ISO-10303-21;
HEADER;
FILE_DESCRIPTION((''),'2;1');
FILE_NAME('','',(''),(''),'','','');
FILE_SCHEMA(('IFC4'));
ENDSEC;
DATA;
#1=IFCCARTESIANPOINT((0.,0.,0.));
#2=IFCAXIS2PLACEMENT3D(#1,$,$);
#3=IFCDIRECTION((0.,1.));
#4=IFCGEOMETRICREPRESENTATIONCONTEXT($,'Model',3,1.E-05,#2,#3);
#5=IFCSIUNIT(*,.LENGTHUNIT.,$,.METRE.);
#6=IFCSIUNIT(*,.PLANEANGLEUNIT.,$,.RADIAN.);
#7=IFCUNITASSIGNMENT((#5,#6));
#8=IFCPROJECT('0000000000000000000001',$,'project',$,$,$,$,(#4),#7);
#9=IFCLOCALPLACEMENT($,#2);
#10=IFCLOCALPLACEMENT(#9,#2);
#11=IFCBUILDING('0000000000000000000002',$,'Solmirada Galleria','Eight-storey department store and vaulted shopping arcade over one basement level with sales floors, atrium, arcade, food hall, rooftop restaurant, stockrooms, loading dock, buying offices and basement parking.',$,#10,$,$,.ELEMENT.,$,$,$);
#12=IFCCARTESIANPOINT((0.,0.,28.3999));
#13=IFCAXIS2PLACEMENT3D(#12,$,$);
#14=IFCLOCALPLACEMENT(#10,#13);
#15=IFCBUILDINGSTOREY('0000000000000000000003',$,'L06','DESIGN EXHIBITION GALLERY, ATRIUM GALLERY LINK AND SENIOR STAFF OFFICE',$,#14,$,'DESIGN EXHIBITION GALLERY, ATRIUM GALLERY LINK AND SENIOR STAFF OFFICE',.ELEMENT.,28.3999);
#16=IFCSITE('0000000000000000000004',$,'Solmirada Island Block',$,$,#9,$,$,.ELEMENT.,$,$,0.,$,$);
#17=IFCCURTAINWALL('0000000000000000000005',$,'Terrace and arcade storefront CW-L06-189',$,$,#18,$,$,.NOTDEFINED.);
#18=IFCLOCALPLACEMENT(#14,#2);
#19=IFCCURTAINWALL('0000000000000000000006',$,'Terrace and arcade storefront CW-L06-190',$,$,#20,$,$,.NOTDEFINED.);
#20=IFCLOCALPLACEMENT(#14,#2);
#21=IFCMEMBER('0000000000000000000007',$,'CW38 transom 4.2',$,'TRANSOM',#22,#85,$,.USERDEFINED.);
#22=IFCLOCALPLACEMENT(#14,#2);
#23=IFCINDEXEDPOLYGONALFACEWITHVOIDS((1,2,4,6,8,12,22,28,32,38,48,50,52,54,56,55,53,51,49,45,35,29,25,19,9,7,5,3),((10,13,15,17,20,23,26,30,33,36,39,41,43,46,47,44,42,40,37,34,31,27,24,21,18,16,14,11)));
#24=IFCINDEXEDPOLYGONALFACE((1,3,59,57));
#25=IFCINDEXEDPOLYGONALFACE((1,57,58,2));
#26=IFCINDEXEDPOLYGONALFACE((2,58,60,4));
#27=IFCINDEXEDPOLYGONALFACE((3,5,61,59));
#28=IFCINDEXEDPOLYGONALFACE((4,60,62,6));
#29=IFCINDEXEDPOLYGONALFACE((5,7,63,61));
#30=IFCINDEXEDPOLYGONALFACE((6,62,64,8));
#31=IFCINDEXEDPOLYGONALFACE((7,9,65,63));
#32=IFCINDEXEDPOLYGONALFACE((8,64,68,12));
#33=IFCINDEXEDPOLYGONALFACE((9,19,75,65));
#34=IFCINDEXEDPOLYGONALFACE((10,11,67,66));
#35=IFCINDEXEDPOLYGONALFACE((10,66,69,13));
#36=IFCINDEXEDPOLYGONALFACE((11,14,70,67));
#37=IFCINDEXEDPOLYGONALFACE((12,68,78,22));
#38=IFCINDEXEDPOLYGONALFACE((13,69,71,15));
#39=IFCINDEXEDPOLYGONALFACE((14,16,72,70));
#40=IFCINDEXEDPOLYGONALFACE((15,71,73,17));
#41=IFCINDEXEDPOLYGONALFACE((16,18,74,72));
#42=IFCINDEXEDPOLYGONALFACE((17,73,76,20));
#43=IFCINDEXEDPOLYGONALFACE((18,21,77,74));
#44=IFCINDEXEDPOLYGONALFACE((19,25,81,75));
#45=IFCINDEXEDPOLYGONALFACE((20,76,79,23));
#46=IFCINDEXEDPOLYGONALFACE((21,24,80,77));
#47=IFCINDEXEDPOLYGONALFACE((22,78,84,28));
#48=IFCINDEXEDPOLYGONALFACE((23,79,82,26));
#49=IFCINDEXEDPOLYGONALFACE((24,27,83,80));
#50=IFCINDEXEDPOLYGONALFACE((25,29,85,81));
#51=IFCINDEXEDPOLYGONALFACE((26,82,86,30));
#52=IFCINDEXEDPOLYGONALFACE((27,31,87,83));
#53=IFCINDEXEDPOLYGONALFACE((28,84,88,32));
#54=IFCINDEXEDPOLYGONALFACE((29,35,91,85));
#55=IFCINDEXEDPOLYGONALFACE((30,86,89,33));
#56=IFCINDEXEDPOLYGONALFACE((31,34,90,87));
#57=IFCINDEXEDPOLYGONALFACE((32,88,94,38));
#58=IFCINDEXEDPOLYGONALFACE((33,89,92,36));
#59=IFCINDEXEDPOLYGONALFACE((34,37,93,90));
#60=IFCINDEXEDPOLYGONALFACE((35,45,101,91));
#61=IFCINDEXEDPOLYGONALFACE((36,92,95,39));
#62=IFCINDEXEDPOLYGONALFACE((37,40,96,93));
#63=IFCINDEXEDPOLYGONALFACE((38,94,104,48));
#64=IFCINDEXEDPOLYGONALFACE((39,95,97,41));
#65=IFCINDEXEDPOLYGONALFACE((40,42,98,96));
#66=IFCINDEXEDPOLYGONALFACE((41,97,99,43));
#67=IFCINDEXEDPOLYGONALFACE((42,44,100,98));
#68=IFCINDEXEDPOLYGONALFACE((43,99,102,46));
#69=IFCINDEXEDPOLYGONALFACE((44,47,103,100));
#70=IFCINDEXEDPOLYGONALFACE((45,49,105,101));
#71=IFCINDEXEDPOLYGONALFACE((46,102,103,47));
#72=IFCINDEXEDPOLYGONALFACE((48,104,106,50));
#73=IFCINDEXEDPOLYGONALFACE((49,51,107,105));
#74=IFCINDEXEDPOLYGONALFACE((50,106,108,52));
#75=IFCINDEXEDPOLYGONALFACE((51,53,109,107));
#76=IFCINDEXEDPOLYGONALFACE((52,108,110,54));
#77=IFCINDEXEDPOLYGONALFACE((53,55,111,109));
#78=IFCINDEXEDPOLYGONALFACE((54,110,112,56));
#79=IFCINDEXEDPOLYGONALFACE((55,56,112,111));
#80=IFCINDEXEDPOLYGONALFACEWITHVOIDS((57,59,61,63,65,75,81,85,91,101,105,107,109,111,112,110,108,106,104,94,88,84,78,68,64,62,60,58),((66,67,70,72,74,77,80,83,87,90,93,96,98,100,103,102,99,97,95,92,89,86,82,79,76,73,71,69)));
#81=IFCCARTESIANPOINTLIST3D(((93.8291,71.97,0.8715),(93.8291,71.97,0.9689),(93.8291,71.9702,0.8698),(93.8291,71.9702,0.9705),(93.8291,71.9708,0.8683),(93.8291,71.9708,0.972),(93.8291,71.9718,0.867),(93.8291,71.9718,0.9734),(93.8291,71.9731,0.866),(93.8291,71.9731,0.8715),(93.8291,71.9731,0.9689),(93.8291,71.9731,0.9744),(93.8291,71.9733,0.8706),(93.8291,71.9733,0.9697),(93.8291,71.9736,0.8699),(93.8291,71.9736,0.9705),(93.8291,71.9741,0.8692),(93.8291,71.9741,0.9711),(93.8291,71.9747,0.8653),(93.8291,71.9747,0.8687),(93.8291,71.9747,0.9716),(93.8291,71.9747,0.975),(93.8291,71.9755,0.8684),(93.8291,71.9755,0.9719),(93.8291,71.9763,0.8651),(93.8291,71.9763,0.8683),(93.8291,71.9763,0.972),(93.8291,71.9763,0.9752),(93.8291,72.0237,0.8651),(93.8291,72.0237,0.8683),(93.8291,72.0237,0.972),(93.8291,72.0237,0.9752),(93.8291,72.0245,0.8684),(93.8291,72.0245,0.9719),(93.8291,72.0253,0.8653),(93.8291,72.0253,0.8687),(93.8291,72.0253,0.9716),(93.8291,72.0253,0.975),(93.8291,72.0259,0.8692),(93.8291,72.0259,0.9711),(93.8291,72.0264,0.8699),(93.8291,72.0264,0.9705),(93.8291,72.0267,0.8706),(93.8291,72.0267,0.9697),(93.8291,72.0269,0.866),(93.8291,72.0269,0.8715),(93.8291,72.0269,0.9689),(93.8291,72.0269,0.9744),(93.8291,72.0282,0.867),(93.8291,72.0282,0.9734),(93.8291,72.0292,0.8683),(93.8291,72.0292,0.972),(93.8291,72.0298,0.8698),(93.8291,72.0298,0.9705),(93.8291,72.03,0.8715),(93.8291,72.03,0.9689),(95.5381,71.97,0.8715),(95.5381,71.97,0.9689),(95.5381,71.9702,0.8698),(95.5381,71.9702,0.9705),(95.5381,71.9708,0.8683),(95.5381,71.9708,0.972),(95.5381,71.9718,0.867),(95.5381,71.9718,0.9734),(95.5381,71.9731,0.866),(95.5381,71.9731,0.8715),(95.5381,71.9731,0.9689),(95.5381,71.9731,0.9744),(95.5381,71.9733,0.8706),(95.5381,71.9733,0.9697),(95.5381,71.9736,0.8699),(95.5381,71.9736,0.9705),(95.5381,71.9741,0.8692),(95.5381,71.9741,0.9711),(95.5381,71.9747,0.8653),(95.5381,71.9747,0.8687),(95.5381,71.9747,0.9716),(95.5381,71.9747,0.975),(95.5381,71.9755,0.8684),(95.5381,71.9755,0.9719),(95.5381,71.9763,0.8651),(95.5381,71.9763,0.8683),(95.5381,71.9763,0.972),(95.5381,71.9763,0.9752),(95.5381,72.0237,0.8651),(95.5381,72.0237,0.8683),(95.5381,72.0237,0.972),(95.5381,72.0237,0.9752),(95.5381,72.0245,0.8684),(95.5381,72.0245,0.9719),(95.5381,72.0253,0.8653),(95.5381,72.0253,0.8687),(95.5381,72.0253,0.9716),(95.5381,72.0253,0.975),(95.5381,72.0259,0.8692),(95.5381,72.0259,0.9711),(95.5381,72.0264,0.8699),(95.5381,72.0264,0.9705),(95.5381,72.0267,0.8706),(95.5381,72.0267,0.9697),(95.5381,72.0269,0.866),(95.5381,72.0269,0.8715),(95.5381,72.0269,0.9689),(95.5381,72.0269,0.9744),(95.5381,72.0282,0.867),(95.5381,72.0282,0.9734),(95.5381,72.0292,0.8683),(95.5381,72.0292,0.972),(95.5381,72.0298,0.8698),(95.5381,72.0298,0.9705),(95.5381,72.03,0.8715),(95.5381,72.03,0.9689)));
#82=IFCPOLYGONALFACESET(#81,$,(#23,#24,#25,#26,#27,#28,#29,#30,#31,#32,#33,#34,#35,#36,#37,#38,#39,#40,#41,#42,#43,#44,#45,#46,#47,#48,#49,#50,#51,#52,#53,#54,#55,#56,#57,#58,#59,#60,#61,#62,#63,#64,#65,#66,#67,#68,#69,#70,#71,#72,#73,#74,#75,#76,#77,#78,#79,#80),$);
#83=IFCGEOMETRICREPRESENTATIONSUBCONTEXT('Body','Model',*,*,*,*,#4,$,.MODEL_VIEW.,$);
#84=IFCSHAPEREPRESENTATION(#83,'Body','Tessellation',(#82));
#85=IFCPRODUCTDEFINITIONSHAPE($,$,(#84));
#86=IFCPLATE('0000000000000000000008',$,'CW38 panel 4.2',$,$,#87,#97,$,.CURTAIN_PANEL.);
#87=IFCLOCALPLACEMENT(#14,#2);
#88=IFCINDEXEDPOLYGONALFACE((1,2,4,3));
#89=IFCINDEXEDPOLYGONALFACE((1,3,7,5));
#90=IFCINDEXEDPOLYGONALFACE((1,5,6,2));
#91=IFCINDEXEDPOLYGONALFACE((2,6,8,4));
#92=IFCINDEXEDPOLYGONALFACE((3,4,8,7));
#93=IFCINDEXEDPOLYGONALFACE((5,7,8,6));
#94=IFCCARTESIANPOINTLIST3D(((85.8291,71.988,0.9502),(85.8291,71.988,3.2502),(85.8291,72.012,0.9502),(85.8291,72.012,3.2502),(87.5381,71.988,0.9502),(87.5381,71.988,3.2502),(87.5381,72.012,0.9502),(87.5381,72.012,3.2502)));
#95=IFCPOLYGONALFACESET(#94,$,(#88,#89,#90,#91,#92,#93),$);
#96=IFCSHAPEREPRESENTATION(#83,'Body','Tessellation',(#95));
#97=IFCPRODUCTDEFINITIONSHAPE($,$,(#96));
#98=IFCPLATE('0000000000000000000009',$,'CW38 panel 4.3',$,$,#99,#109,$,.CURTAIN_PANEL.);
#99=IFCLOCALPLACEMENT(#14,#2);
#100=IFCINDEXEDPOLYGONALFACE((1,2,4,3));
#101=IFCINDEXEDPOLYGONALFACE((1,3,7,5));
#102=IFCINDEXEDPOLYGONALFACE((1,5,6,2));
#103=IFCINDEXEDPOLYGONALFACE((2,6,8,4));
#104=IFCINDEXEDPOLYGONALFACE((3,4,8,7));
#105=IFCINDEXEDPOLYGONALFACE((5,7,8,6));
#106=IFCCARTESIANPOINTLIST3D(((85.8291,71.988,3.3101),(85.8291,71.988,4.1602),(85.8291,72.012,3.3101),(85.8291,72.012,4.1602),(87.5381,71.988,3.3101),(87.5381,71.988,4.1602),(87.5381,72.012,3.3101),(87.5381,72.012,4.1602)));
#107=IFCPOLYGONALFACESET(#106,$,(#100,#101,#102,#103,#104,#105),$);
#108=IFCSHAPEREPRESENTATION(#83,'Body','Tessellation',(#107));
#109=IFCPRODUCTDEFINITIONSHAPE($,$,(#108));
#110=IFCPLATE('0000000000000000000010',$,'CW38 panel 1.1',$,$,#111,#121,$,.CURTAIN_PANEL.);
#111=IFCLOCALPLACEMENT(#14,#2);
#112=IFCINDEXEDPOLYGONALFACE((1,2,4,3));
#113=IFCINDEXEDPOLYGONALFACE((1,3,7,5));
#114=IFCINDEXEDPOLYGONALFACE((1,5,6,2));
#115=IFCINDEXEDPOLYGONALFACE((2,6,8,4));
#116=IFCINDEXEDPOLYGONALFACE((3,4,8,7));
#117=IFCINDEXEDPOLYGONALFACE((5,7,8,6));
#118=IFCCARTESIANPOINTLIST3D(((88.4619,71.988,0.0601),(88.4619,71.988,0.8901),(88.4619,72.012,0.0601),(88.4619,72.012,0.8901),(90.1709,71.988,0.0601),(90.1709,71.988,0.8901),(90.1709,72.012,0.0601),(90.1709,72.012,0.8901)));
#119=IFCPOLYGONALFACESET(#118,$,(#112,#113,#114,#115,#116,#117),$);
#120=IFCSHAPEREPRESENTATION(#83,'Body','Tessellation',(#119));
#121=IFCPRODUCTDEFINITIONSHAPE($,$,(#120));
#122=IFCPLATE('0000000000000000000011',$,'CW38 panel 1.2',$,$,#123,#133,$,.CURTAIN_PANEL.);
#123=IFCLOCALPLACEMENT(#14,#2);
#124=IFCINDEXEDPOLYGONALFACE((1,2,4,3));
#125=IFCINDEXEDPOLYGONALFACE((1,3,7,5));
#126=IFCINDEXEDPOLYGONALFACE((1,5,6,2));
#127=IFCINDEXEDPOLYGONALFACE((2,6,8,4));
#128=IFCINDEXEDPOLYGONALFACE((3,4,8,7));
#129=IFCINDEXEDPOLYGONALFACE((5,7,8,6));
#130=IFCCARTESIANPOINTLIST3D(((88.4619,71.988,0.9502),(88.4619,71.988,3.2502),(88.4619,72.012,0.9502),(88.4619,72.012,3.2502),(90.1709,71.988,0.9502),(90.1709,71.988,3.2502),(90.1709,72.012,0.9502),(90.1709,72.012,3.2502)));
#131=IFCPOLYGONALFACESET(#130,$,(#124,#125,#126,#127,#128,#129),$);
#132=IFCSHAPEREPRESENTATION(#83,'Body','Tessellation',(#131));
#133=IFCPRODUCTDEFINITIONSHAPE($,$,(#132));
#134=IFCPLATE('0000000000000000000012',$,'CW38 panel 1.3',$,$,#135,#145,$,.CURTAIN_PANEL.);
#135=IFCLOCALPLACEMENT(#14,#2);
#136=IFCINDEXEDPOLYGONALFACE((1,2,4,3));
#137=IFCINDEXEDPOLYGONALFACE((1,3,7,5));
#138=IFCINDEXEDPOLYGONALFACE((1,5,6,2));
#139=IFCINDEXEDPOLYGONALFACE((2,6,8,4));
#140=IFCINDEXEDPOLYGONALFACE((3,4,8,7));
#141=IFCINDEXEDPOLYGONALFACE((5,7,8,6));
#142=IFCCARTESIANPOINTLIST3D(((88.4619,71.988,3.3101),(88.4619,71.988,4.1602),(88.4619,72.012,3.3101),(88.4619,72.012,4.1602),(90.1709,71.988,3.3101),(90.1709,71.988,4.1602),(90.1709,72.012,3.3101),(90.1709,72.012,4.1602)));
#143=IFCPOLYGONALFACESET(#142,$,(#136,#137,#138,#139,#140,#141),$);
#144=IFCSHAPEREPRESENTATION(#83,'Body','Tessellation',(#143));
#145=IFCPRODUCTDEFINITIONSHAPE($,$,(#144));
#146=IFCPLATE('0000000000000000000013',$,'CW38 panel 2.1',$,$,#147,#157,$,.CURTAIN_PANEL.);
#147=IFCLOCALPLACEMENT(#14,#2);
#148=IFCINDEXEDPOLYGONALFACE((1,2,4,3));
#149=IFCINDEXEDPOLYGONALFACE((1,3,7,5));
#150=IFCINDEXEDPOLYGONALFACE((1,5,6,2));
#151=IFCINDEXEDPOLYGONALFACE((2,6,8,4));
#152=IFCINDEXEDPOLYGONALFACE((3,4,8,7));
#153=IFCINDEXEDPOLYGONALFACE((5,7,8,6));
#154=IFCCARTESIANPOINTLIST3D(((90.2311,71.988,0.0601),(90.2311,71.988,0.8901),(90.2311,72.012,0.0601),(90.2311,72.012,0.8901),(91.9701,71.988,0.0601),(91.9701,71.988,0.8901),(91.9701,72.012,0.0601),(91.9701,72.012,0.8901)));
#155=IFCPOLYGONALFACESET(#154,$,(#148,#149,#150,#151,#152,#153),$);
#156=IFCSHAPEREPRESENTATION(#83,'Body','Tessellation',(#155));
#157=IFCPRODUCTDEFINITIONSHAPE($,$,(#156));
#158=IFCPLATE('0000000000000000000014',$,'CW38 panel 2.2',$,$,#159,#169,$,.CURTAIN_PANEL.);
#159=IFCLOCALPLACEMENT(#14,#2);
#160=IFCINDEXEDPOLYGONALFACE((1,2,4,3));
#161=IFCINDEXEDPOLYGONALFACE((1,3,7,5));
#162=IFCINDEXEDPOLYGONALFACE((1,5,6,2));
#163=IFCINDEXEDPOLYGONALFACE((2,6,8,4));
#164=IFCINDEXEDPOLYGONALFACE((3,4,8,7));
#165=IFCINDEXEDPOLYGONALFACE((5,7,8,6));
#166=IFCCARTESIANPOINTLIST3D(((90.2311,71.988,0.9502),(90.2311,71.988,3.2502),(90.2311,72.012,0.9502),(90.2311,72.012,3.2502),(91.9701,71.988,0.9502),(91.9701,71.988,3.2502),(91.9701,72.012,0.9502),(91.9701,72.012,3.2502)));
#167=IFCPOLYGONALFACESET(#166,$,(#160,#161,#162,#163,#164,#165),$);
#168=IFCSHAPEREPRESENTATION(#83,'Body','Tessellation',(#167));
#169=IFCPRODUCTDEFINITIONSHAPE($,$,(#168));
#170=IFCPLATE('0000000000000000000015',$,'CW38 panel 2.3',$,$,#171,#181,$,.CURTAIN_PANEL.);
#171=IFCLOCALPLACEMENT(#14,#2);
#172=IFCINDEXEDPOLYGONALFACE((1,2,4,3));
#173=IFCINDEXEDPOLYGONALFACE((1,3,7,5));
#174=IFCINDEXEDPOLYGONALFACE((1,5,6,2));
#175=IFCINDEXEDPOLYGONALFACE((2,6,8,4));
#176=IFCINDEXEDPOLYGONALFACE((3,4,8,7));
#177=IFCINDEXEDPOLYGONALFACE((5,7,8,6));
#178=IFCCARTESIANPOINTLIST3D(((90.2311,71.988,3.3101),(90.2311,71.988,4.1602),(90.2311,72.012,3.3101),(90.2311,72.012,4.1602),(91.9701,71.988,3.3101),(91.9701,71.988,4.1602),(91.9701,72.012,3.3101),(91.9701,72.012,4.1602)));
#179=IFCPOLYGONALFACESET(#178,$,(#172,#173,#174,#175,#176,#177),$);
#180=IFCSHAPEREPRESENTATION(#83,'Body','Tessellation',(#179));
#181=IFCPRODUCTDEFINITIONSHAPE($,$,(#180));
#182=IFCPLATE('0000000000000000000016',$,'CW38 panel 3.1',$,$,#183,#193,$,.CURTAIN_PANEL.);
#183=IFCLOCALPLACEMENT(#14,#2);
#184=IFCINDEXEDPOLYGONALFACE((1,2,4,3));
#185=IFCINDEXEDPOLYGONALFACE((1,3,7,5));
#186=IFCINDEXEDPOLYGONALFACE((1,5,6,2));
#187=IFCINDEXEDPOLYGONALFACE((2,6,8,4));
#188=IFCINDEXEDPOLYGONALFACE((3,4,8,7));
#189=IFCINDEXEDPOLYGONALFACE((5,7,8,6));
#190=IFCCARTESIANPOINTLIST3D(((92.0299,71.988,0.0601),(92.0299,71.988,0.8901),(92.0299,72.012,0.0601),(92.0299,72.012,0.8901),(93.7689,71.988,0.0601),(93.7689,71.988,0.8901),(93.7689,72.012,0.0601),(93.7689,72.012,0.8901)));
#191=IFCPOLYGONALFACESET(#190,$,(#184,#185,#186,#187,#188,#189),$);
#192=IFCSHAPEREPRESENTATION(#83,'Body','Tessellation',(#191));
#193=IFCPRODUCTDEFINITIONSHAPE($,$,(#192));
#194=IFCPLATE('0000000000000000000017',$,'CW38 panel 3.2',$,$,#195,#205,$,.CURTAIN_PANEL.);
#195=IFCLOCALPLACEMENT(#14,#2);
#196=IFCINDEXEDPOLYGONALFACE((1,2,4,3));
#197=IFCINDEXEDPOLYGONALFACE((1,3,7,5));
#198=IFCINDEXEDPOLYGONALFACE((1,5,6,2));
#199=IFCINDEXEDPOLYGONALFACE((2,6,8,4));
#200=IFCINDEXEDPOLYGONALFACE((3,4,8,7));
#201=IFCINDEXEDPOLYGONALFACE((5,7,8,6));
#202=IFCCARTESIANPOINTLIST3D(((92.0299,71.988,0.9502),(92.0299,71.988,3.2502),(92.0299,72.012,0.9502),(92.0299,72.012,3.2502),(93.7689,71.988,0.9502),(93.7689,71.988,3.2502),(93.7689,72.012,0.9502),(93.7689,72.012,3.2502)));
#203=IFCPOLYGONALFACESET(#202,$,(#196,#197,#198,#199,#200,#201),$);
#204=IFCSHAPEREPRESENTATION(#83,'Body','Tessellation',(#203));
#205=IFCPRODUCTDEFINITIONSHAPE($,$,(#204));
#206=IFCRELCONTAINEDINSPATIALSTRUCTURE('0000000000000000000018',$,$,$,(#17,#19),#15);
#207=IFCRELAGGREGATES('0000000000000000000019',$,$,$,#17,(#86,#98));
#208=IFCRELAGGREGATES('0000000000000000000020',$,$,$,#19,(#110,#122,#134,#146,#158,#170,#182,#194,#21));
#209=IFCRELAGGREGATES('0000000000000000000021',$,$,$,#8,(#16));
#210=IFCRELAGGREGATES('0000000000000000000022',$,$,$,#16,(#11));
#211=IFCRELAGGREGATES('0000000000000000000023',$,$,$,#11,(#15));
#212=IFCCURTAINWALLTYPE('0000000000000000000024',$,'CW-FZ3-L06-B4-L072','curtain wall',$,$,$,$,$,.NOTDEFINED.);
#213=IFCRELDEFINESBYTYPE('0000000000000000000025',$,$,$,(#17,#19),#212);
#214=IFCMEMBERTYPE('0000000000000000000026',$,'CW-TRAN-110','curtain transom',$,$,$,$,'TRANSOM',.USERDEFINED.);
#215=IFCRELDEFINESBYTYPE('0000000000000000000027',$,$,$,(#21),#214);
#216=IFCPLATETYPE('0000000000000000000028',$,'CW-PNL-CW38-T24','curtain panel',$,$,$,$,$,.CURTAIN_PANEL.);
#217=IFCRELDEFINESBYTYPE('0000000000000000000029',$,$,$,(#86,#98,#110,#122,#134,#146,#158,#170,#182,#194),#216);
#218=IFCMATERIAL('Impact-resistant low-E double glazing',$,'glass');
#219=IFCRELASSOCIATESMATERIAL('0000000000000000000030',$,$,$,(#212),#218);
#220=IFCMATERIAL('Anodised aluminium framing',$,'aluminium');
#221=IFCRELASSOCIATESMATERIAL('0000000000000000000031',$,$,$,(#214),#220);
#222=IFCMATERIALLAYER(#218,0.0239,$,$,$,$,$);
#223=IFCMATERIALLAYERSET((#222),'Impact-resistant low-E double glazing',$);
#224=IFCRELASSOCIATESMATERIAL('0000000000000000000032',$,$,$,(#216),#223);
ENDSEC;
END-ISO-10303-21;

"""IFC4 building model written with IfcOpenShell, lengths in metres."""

from ifc_helpers import new_model, si_unit, direction, frame, origin, origin_2d, place, context, subcontext, project, spatial, rectangle, hollow_rectangle, extrude, material, layer, layer_set, material_profile, profile_set, type_object, element, aggregate, save


model = new_model("IFC4")

# Units and contexts
model_context = context("Model", 3, precision=1e-05, world=origin(), true_north=direction((0.0, 1.0)))
body_context = subcontext(model_context, "Body", "Model", "MODEL_VIEW")
ifc_project = project(units=[si_unit("LENGTHUNIT", "METRE"), si_unit("PLANEANGLEUNIT", "RADIAN")], contexts=[model_context])

# Site, building, storey
site_placement = place(None, origin())
site = spatial("IfcSite", under=ifc_project, at=site_placement, Name="Solmirada Island Block", CompositionType="ELEMENT", RefElevation=0.0)
building_placement = place(site_placement, origin())
building = spatial("IfcBuilding", under=site, at=building_placement, Name="Solmirada Galleria", Description="Eight-storey department store and vaulted shopping arcade over one basement level with sales floors, atrium, arcade, food hall, rooftop restaurant, stockrooms, loading dock, buying offices and basement parking.", CompositionType="ELEMENT")
storey_placement = place(building_placement, frame((0.0, 0.0, 28.3999)))
storey = spatial("IfcBuildingStorey", under=building, at=storey_placement, Name="L06", Description="DESIGN EXHIBITION GALLERY, ATRIUM GALLERY LINK AND SENIOR STAFF OFFICE", LongName="DESIGN EXHIBITION GALLERY, ATRIUM GALLERY LINK AND SENIOR STAFF OFFICE", CompositionType="ELEMENT", Elevation=28.3999)

# Curtain wall
ifc_material_1 = material(Name="Impact-resistant low-E double glazing", Category="glass")
curtain_wall_type = type_object("IfcCurtainWallType", Name="CW-FZ3-L06-B4-L072", Description="curtain wall", PredefinedType="NOTDEFINED", material=ifc_material_1)
curtain_wall_1_placement = place(storey_placement, origin())
curtain_wall_1 = element("IfcCurtainWall", 1, at=curtain_wall_1_placement, inside=storey, type_object=curtain_wall_type, Name="Terrace and arcade storefront CW-L06-189", PredefinedType="NOTDEFINED")
ifc_material_2 = material(Name="Anodised aluminium framing", Category="aluminium")

# Curtain wall, member
curtain_wall_2_placement = place(storey_placement, origin())
curtain_wall_2 = element("IfcCurtainWall", 2, at=curtain_wall_2_placement, inside=storey, type_object=curtain_wall_type, Name="Terrace and arcade storefront CW-L06-190", PredefinedType="NOTDEFINED")
ifc_material_profile_1 = material_profile(ifc_material_2, hollow_rectangle(XDim=0.0601, YDim=0.1101, WallThickness=0.0032, InnerFilletRadius=0.0032, OuterFilletRadius=0.0063, at=origin_2d()), Name="ALU-TRAN-110X60")
ifc_profile_set_1 = profile_set([ifc_material_profile_1], Name="Anodised aluminium framing")
member_type_1 = type_object("IfcMemberType", Name="CW-TRAN-110", Description="curtain transom", ElementType="TRANSOM", PredefinedType="USERDEFINED", material=ifc_profile_set_1)
member_1_placement = place(storey_placement, frame((93.8291, 72.0, 0.9202), z_axis=(1.0, 0.0, 0.0), x_axis=(0.0, 1.0, 0.0)))
member_1 = element("IfcMember", 3, at=member_1_placement, type_object=member_type_1, Name="CW38 transom 4.2", ObjectType="TRANSOM", PredefinedType="USERDEFINED", context=body_context, shape_type="SweptSolid", body=[
    extrude(hollow_rectangle(XDim=0.0601, YDim=0.1101, WallThickness=0.0032, InnerFilletRadius=0.0032, OuterFilletRadius=0.0063, at=origin_2d()), origin(), (0.0, 0.0, 1.0), 1.709),
])

# Plates
ifc_layer = layer(ifc_material_1, 0.0239)
ifc_layer_set = layer_set([ifc_layer], Name="Impact-resistant low-E double glazing")
plate_type = type_object("IfcPlateType", Name="CW-PNL-CW38-T24", Description="curtain panel", PredefinedType="CURTAIN_PANEL", material=ifc_layer_set)
plate_1_placement = place(storey_placement, frame((86.6836, 72.0, 0.9502), z_axis=(0.0, 0.0, 1.0), x_axis=(1.0, 0.0, 0.0)))
plate_1 = element("IfcPlate", 4, at=plate_1_placement, type_object=plate_type, Name="CW38 panel 4.2", PredefinedType="CURTAIN_PANEL", context=body_context, shape_type="SweptSolid", body=[
    extrude(rectangle(XDim=1.709, YDim=0.0239, at=origin_2d()), origin(), (0.0, 0.0, 1.0), 2.3),
])
plate_2_placement = place(storey_placement, frame((86.6836, 72.0, 3.3101), z_axis=(0.0, 0.0, 1.0), x_axis=(1.0, 0.0, 0.0)))
plate_2 = element("IfcPlate", 5, at=plate_2_placement, type_object=plate_type, Name="CW38 panel 4.3", PredefinedType="CURTAIN_PANEL", context=body_context, shape_type="SweptSolid", body=[
    extrude(rectangle(XDim=1.709, YDim=0.0239, at=origin_2d()), origin(), (0.0, 0.0, 1.0), 0.8501),
])
aggregate(curtain_wall_1, [plate_1, plate_2])
plate_3_placement = place(storey_placement, frame((89.3164, 72.0, 0.0601), z_axis=(0.0, 0.0, 1.0), x_axis=(1.0, 0.0, 0.0)))
plate_3 = element("IfcPlate", 6, at=plate_3_placement, type_object=plate_type, Name="CW38 panel 1.1", PredefinedType="CURTAIN_PANEL", context=body_context, shape_type="SweptSolid", body=[
    extrude(rectangle(XDim=1.709, YDim=0.0239, at=origin_2d()), origin(), (0.0, 0.0, 1.0), 0.8301),
])
plate_4_placement = place(storey_placement, frame((89.3164, 72.0, 0.9502), z_axis=(0.0, 0.0, 1.0), x_axis=(1.0, 0.0, 0.0)))
plate_4 = element("IfcPlate", 7, at=plate_4_placement, type_object=plate_type, Name="CW38 panel 1.2", PredefinedType="CURTAIN_PANEL", context=body_context, shape_type="SweptSolid", body=[
    extrude(rectangle(XDim=1.709, YDim=0.0239, at=origin_2d()), origin(), (0.0, 0.0, 1.0), 2.3),
])
plate_5_placement = place(storey_placement, frame((89.3164, 72.0, 3.3101), z_axis=(0.0, 0.0, 1.0), x_axis=(1.0, 0.0, 0.0)))
plate_5 = element("IfcPlate", 8, at=plate_5_placement, type_object=plate_type, Name="CW38 panel 1.3", PredefinedType="CURTAIN_PANEL", context=body_context, shape_type="SweptSolid", body=[
    extrude(rectangle(XDim=1.709, YDim=0.0239, at=origin_2d()), origin(), (0.0, 0.0, 1.0), 0.8501),
])
plate_6_placement = place(storey_placement, frame((91.1006, 72.0, 0.0601), z_axis=(0.0, 0.0, 1.0), x_axis=(1.0, 0.0, 0.0)))
plate_6 = element("IfcPlate", 9, at=plate_6_placement, type_object=plate_type, Name="CW38 panel 2.1", PredefinedType="CURTAIN_PANEL", context=body_context, shape_type="SweptSolid", body=[
    extrude(rectangle(XDim=1.739, YDim=0.0239, at=origin_2d()), origin(), (0.0, 0.0, 1.0), 0.8301),
])
plate_7_placement = place(storey_placement, frame((91.1006, 72.0, 0.9502), z_axis=(0.0, 0.0, 1.0), x_axis=(1.0, 0.0, 0.0)))
plate_7 = element("IfcPlate", 10, at=plate_7_placement, type_object=plate_type, Name="CW38 panel 2.2", PredefinedType="CURTAIN_PANEL", context=body_context, shape_type="SweptSolid", body=[
    extrude(rectangle(XDim=1.739, YDim=0.0239, at=origin_2d()), origin(), (0.0, 0.0, 1.0), 2.3),
])
plate_8_placement = place(storey_placement, frame((91.1006, 72.0, 3.3101), z_axis=(0.0, 0.0, 1.0), x_axis=(1.0, 0.0, 0.0)))
plate_8 = element("IfcPlate", 11, at=plate_8_placement, type_object=plate_type, Name="CW38 panel 2.3", PredefinedType="CURTAIN_PANEL", context=body_context, shape_type="SweptSolid", body=[
    extrude(rectangle(XDim=1.739, YDim=0.0239, at=origin_2d()), origin(), (0.0, 0.0, 1.0), 0.8501),
])
plate_9_placement = place(storey_placement, frame((92.8994, 72.0, 0.0601), z_axis=(0.0, 0.0, 1.0), x_axis=(1.0, 0.0, 0.0)))
plate_9 = element("IfcPlate", 12, at=plate_9_placement, type_object=plate_type, Name="CW38 panel 3.1", PredefinedType="CURTAIN_PANEL", context=body_context, shape_type="SweptSolid", body=[
    extrude(rectangle(XDim=1.739, YDim=0.0239, at=origin_2d()), origin(), (0.0, 0.0, 1.0), 0.8301),
])
plate_10_placement = place(storey_placement, frame((92.8994, 72.0, 0.9502), z_axis=(0.0, 0.0, 1.0), x_axis=(1.0, 0.0, 0.0)))
plate_10 = element("IfcPlate", 13, at=plate_10_placement, type_object=plate_type, Name="CW38 panel 3.2", PredefinedType="CURTAIN_PANEL", context=body_context, shape_type="SweptSolid", body=[
    extrude(rectangle(XDim=1.739, YDim=0.0239, at=origin_2d()), origin(), (0.0, 0.0, 1.0), 2.3),
])
aggregate(curtain_wall_2, [plate_3, plate_4, plate_5, plate_6, plate_7, plate_8, plate_9, plate_10, member_1])

save(model, "model.ifc")
